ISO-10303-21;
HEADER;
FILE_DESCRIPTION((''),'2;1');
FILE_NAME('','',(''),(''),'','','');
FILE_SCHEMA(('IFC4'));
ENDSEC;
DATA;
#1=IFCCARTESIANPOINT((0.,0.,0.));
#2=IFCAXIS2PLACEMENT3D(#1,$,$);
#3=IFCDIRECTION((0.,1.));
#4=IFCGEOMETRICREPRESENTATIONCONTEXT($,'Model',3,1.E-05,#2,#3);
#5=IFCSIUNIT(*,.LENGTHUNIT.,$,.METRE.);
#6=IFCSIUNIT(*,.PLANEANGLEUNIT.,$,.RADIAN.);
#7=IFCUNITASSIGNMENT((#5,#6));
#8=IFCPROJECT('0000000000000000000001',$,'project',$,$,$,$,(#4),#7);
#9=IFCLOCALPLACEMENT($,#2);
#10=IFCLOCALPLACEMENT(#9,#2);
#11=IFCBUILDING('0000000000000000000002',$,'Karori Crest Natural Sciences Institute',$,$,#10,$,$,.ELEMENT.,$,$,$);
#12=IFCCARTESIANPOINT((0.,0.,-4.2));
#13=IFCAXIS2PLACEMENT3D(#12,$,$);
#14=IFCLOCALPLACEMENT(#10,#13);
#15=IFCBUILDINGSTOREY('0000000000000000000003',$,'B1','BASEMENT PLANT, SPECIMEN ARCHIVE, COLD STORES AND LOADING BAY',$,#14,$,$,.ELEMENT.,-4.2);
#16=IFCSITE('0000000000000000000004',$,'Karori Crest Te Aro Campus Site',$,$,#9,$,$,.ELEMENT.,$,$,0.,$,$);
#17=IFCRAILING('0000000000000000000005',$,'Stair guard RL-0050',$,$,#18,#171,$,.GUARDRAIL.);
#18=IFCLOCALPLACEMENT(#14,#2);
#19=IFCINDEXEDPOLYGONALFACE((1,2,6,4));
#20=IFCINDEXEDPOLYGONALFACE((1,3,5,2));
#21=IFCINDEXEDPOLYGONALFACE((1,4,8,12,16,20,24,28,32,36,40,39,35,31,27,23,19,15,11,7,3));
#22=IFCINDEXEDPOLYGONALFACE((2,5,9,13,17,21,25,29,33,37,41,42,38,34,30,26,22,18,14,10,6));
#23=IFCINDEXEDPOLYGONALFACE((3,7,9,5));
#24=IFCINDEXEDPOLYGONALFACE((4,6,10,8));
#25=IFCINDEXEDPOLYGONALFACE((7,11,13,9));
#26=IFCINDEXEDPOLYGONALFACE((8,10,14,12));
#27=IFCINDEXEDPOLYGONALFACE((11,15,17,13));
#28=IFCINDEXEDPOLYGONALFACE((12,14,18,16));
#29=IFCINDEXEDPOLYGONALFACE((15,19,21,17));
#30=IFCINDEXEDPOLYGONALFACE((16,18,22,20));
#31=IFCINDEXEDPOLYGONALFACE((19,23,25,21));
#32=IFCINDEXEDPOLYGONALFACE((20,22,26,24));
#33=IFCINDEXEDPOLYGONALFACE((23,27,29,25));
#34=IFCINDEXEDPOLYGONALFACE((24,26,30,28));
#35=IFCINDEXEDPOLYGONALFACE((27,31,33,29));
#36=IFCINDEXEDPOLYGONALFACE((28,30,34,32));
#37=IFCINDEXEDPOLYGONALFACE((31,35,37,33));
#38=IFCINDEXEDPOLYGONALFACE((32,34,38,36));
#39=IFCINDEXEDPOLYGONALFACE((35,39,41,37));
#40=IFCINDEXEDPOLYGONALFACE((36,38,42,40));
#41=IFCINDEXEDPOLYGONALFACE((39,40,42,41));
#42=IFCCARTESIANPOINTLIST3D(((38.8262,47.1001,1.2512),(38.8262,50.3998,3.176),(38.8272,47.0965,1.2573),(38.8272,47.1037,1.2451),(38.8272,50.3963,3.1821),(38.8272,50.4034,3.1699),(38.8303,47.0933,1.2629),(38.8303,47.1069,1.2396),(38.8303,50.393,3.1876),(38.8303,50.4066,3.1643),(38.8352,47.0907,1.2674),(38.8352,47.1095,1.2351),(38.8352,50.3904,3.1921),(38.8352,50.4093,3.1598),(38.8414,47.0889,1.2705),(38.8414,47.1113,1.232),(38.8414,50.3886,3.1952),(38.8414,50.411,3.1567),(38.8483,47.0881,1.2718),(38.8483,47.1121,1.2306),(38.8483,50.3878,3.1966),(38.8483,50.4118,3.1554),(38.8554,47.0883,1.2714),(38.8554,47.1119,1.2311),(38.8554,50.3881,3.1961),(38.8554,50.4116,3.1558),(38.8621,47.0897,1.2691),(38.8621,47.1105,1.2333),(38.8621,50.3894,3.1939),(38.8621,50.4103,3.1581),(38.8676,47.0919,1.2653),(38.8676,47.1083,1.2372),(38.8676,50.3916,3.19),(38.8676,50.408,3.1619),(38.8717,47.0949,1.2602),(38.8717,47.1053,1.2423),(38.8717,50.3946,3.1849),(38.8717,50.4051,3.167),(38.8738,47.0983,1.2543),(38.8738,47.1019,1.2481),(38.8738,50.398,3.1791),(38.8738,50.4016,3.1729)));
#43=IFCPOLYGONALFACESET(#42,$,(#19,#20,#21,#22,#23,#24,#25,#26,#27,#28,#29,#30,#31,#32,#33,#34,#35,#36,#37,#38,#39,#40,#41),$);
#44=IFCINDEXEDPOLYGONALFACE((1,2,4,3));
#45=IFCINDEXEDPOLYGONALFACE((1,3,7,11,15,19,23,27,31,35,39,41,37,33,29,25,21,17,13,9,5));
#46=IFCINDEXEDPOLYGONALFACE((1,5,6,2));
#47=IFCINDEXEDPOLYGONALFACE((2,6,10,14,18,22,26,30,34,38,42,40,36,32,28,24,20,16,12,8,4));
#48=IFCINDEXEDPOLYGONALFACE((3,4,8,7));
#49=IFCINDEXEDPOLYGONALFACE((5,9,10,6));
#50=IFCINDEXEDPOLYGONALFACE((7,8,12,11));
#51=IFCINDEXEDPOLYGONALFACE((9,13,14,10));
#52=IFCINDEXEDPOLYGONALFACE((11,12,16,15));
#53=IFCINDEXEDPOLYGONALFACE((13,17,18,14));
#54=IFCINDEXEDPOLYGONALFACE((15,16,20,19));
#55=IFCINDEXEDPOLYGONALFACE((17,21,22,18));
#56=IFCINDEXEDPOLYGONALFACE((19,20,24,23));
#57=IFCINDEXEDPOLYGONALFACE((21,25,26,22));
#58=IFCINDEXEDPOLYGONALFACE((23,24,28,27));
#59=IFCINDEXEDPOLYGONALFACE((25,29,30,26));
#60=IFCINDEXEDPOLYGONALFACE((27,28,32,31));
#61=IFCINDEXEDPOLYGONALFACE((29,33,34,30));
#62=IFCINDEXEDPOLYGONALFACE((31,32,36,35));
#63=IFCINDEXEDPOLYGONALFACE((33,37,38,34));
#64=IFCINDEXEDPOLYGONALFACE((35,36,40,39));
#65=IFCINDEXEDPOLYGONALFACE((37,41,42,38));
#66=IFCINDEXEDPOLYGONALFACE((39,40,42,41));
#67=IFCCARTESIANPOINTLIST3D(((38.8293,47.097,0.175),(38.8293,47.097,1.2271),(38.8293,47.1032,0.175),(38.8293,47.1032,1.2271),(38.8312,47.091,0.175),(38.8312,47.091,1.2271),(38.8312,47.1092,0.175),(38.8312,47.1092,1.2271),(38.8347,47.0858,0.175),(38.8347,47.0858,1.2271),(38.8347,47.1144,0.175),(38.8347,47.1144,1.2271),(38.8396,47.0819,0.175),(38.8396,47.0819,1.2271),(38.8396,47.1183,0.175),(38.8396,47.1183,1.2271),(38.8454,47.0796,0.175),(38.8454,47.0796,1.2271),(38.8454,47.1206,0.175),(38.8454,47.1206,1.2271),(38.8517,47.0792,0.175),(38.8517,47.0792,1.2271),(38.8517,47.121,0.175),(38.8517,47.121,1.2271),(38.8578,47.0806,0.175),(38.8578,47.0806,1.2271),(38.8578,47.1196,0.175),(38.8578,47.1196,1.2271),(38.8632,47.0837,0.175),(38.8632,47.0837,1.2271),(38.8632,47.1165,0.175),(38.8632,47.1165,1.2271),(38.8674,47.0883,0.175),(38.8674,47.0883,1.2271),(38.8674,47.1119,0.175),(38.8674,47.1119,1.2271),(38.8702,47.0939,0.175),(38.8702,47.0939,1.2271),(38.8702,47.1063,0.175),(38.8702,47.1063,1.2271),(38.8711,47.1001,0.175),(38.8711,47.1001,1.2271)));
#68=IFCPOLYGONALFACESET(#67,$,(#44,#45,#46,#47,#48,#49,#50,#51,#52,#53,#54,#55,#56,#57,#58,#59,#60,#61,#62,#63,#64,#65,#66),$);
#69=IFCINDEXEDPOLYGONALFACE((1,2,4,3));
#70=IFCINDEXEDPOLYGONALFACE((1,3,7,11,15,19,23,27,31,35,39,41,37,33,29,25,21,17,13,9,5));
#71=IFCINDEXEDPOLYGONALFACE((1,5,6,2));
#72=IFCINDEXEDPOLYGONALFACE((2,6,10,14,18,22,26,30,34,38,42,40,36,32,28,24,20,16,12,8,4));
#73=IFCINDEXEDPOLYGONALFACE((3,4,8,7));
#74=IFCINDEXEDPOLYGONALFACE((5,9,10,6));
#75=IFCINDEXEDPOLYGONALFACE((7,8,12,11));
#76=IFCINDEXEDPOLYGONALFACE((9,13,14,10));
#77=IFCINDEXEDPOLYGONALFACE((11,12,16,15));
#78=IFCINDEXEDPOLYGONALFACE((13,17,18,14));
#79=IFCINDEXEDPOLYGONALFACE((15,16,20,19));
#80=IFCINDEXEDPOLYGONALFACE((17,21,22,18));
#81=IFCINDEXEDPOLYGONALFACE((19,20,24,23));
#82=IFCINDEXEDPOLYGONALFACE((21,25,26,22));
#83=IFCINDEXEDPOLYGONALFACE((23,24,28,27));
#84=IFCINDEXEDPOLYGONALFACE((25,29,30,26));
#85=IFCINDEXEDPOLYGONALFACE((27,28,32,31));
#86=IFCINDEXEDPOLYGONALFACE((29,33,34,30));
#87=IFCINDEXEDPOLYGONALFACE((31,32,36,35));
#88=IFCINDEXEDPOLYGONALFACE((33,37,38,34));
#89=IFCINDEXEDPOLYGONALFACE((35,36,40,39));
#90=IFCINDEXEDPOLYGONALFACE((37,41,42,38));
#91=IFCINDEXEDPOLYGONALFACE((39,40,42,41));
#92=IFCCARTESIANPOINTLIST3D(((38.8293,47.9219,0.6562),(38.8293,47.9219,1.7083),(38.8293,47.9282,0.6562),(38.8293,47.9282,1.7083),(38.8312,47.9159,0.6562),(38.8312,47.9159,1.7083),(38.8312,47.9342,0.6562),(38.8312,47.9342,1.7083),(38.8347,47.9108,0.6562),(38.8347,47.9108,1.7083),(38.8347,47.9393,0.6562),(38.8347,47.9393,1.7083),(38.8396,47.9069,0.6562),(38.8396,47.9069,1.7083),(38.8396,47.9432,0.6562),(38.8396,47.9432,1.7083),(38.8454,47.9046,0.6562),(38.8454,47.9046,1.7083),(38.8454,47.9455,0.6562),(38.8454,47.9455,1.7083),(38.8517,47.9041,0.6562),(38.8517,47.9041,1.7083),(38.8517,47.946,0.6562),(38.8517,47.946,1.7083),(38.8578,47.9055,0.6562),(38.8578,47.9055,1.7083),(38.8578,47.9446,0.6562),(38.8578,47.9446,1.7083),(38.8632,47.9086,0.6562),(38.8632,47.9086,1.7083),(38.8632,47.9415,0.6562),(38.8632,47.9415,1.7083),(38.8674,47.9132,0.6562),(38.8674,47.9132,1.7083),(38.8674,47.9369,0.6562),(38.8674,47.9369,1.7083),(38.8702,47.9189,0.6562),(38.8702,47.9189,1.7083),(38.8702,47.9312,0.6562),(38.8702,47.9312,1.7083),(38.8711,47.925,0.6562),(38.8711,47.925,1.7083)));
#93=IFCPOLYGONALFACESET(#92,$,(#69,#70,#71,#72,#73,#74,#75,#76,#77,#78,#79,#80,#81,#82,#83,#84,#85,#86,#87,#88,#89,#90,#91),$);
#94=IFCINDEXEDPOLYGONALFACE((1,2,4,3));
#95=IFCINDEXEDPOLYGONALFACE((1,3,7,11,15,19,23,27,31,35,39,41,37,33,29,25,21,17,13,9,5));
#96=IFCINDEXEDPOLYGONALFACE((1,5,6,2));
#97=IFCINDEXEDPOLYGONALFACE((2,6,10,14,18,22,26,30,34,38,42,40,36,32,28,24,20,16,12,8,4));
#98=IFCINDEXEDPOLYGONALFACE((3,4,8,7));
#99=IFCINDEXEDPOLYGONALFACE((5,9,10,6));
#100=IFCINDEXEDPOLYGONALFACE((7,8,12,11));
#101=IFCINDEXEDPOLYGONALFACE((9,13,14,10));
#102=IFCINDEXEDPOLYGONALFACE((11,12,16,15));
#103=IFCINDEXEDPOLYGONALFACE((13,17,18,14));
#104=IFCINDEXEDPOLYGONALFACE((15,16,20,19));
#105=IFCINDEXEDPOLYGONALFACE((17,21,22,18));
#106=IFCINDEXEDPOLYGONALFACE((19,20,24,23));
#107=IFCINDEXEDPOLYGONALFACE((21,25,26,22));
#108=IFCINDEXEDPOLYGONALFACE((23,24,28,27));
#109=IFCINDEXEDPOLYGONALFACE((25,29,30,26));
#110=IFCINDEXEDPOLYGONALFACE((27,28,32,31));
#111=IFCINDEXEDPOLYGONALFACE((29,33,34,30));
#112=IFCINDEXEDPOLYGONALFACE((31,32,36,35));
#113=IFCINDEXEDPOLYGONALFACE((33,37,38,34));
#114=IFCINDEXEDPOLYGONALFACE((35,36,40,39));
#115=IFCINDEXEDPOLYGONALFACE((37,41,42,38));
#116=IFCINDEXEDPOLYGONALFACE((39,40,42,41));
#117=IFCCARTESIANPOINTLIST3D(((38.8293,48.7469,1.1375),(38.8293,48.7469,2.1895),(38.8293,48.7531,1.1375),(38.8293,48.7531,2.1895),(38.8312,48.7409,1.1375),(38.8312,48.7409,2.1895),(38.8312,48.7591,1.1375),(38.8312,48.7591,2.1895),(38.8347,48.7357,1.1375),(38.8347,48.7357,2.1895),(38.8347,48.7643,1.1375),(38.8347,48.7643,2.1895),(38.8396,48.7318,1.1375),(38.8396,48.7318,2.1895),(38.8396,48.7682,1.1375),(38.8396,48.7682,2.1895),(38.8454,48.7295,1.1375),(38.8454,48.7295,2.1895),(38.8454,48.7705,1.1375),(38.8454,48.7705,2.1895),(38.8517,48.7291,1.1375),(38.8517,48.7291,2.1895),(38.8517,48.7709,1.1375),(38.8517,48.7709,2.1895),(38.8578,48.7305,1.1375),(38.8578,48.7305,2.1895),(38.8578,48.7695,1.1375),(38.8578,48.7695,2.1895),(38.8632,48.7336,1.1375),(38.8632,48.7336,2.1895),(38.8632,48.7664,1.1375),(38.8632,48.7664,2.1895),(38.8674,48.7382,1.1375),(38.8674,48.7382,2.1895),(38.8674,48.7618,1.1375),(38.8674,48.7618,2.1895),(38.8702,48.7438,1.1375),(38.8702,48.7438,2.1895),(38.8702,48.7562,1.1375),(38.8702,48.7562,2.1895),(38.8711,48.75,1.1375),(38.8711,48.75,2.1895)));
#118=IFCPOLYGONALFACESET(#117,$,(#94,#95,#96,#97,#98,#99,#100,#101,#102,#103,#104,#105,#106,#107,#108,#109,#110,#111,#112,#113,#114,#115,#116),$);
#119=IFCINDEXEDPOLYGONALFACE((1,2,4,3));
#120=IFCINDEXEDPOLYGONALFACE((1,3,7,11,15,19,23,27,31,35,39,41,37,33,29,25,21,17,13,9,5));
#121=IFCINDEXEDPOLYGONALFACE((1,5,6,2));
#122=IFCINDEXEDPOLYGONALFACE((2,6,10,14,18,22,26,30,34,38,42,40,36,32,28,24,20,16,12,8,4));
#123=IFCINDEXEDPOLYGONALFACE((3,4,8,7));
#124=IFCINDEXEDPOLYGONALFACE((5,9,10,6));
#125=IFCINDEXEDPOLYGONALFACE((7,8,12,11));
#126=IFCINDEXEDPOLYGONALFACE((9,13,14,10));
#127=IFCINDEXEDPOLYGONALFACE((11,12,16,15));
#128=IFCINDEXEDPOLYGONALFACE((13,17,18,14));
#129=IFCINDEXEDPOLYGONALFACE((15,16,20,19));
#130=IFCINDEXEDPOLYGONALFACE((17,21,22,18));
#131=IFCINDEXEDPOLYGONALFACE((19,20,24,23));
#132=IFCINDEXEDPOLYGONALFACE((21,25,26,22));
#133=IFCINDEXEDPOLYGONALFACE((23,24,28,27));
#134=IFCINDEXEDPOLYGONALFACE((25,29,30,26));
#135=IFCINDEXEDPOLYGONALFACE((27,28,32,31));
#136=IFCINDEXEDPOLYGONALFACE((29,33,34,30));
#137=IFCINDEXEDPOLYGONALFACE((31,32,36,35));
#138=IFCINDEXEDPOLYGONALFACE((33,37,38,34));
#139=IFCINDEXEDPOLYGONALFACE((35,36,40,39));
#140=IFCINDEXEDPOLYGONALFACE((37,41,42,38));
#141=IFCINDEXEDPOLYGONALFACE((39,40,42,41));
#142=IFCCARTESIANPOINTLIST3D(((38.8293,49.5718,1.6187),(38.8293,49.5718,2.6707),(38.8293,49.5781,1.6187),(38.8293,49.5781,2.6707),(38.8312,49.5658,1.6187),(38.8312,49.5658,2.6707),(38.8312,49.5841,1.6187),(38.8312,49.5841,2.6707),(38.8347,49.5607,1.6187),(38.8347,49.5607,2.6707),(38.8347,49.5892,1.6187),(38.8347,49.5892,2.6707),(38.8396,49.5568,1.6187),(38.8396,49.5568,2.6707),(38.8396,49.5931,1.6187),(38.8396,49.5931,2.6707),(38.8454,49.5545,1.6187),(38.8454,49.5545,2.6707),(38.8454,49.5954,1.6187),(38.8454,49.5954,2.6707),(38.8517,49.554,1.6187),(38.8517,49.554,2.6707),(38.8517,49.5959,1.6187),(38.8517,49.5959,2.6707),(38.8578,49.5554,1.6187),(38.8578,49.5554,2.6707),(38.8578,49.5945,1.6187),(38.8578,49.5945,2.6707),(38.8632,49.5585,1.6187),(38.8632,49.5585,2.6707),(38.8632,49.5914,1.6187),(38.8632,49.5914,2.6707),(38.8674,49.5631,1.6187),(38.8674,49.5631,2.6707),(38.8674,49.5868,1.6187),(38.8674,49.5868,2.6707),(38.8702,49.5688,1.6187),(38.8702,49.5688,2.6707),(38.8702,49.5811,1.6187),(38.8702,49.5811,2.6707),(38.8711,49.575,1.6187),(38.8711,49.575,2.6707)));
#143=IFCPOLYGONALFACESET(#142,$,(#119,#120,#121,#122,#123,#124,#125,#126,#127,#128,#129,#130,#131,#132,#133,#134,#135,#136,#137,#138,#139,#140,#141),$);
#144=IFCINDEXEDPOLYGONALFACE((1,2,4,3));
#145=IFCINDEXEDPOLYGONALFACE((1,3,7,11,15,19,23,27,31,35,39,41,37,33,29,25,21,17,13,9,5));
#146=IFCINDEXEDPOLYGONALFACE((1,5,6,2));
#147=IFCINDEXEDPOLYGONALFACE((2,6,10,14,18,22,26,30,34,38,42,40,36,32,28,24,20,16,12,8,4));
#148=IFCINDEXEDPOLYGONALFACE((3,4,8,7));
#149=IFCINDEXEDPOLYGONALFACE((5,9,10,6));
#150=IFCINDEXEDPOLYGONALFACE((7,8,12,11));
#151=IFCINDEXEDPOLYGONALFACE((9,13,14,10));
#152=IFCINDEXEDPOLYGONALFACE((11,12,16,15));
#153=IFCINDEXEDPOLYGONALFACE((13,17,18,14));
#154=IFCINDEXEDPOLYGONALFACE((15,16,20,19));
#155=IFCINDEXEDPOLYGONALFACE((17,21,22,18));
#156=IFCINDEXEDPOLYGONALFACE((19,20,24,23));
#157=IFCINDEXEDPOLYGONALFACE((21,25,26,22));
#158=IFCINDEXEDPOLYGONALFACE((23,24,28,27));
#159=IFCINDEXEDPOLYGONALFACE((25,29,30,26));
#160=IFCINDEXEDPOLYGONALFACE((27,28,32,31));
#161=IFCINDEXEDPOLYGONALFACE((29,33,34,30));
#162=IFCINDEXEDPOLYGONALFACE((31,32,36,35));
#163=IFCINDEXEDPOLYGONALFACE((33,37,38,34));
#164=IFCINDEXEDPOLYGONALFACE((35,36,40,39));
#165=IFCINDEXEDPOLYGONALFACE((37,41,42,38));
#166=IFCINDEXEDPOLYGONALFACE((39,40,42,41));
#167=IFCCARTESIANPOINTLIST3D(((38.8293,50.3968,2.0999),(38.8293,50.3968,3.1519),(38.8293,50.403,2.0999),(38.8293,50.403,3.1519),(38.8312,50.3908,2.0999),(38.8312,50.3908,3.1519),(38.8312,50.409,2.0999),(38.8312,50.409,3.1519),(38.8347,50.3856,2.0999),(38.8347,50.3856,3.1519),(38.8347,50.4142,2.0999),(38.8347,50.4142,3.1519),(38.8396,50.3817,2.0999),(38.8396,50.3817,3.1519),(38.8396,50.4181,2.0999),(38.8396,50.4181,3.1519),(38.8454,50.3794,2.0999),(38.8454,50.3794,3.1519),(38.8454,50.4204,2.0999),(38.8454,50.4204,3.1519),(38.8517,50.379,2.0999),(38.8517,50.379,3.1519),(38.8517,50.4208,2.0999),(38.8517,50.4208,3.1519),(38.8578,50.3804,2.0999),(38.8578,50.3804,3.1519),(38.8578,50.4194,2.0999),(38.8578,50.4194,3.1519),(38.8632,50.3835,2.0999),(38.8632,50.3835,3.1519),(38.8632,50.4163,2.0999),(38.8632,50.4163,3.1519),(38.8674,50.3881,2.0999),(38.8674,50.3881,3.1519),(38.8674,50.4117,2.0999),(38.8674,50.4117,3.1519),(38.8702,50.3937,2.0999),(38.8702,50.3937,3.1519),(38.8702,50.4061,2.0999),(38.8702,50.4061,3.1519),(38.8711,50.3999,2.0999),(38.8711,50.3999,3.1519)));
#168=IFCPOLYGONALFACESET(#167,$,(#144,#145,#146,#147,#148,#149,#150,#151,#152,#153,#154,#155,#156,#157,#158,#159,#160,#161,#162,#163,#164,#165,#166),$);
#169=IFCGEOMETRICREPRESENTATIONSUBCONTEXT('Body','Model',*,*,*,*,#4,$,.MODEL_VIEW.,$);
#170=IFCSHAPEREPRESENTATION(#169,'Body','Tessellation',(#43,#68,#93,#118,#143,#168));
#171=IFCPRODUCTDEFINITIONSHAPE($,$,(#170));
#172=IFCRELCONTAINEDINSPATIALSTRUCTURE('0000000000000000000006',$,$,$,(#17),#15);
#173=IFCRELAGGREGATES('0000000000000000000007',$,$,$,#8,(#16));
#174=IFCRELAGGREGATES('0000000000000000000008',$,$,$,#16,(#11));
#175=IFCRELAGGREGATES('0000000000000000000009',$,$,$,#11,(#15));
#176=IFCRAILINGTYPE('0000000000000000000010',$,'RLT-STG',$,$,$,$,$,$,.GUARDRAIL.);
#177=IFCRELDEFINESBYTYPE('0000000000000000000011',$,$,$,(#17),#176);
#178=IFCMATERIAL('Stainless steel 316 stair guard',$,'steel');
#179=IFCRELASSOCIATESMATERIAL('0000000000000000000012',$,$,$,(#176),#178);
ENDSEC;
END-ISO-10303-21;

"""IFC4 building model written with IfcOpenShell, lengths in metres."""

from ifc_helpers import new_model, si_unit, direction, frame, origin, origin_2d, place, context, subcontext, project, spatial, circle, extrude, material, type_object, element, save


model = new_model("IFC4")

# Units and contexts
model_context = context("Model", 3, precision=1e-05, world=origin(), true_north=direction((0.0, 1.0)))
body_context = subcontext(model_context, "Body", "Model", "MODEL_VIEW")
ifc_project = project(units=[si_unit("LENGTHUNIT", "METRE"), si_unit("PLANEANGLEUNIT", "RADIAN")], contexts=[model_context])

# Site, building, storey
site_placement = place(None, origin())
site = spatial("IfcSite", under=ifc_project, at=site_placement, Name="Karori Crest Te Aro Campus Site", CompositionType="ELEMENT", RefElevation=0.0)
building_placement = place(site_placement, origin())
building = spatial("IfcBuilding", under=site, at=building_placement, Name="Karori Crest Natural Sciences Institute", CompositionType="ELEMENT")
storey_placement = place(building_placement, frame((0.0, 0.0, -4.2)))
storey = spatial("IfcBuildingStorey", under=building, at=storey_placement, Name="B1", Description="BASEMENT PLANT, SPECIMEN ARCHIVE, COLD STORES AND LOADING BAY", CompositionType="ELEMENT", Elevation=-4.2)

# Railing
ifc_material_1 = material(Name="Stainless steel 316 stair guard", Category="steel")
railing_type_1 = type_object("IfcRailingType", Name="RLT-STG", PredefinedType="GUARDRAIL", material=ifc_material_1)
railing_1_placement = place(storey_placement, frame((38.8501, 47.1001, 0.175)))
element("IfcRailing", 1, at=railing_1_placement, inside=storey, type_object=railing_type_1, Name="Stair guard RL-0050", PredefinedType="GUARDRAIL", context=body_context, shape_type="SweptSolid", body=[
    extrude(circle(Radius=0.0239, at=origin_2d()), frame((0.0, 0.0, 1.0762), z_axis=(0.0, 0.863788, 0.503855), x_axis=(-1.0, 0.0, 0.0)), (0.0, 0.0, 1.0), 3.8201),
    extrude(circle(Radius=0.021, at=origin_2d()), origin(), (0.0, 0.0, 1.0), 1.052),
    extrude(circle(Radius=0.021, at=origin_2d()), frame((0.0, 0.825, 0.4812)), (0.0, 0.0, 1.0), 1.052),
    extrude(circle(Radius=0.021, at=origin_2d()), frame((0.0, 1.6499, 0.9624)), (0.0, 0.0, 1.0), 1.052),
    extrude(circle(Radius=0.021, at=origin_2d()), frame((0.0, 2.4749, 1.4436)), (0.0, 0.0, 1.0), 1.052),
    extrude(circle(Radius=0.021, at=origin_2d()), frame((0.0, 3.2998, 1.9248)), (0.0, 0.0, 1.0), 1.052),
])

save(model, "model.ifc")
